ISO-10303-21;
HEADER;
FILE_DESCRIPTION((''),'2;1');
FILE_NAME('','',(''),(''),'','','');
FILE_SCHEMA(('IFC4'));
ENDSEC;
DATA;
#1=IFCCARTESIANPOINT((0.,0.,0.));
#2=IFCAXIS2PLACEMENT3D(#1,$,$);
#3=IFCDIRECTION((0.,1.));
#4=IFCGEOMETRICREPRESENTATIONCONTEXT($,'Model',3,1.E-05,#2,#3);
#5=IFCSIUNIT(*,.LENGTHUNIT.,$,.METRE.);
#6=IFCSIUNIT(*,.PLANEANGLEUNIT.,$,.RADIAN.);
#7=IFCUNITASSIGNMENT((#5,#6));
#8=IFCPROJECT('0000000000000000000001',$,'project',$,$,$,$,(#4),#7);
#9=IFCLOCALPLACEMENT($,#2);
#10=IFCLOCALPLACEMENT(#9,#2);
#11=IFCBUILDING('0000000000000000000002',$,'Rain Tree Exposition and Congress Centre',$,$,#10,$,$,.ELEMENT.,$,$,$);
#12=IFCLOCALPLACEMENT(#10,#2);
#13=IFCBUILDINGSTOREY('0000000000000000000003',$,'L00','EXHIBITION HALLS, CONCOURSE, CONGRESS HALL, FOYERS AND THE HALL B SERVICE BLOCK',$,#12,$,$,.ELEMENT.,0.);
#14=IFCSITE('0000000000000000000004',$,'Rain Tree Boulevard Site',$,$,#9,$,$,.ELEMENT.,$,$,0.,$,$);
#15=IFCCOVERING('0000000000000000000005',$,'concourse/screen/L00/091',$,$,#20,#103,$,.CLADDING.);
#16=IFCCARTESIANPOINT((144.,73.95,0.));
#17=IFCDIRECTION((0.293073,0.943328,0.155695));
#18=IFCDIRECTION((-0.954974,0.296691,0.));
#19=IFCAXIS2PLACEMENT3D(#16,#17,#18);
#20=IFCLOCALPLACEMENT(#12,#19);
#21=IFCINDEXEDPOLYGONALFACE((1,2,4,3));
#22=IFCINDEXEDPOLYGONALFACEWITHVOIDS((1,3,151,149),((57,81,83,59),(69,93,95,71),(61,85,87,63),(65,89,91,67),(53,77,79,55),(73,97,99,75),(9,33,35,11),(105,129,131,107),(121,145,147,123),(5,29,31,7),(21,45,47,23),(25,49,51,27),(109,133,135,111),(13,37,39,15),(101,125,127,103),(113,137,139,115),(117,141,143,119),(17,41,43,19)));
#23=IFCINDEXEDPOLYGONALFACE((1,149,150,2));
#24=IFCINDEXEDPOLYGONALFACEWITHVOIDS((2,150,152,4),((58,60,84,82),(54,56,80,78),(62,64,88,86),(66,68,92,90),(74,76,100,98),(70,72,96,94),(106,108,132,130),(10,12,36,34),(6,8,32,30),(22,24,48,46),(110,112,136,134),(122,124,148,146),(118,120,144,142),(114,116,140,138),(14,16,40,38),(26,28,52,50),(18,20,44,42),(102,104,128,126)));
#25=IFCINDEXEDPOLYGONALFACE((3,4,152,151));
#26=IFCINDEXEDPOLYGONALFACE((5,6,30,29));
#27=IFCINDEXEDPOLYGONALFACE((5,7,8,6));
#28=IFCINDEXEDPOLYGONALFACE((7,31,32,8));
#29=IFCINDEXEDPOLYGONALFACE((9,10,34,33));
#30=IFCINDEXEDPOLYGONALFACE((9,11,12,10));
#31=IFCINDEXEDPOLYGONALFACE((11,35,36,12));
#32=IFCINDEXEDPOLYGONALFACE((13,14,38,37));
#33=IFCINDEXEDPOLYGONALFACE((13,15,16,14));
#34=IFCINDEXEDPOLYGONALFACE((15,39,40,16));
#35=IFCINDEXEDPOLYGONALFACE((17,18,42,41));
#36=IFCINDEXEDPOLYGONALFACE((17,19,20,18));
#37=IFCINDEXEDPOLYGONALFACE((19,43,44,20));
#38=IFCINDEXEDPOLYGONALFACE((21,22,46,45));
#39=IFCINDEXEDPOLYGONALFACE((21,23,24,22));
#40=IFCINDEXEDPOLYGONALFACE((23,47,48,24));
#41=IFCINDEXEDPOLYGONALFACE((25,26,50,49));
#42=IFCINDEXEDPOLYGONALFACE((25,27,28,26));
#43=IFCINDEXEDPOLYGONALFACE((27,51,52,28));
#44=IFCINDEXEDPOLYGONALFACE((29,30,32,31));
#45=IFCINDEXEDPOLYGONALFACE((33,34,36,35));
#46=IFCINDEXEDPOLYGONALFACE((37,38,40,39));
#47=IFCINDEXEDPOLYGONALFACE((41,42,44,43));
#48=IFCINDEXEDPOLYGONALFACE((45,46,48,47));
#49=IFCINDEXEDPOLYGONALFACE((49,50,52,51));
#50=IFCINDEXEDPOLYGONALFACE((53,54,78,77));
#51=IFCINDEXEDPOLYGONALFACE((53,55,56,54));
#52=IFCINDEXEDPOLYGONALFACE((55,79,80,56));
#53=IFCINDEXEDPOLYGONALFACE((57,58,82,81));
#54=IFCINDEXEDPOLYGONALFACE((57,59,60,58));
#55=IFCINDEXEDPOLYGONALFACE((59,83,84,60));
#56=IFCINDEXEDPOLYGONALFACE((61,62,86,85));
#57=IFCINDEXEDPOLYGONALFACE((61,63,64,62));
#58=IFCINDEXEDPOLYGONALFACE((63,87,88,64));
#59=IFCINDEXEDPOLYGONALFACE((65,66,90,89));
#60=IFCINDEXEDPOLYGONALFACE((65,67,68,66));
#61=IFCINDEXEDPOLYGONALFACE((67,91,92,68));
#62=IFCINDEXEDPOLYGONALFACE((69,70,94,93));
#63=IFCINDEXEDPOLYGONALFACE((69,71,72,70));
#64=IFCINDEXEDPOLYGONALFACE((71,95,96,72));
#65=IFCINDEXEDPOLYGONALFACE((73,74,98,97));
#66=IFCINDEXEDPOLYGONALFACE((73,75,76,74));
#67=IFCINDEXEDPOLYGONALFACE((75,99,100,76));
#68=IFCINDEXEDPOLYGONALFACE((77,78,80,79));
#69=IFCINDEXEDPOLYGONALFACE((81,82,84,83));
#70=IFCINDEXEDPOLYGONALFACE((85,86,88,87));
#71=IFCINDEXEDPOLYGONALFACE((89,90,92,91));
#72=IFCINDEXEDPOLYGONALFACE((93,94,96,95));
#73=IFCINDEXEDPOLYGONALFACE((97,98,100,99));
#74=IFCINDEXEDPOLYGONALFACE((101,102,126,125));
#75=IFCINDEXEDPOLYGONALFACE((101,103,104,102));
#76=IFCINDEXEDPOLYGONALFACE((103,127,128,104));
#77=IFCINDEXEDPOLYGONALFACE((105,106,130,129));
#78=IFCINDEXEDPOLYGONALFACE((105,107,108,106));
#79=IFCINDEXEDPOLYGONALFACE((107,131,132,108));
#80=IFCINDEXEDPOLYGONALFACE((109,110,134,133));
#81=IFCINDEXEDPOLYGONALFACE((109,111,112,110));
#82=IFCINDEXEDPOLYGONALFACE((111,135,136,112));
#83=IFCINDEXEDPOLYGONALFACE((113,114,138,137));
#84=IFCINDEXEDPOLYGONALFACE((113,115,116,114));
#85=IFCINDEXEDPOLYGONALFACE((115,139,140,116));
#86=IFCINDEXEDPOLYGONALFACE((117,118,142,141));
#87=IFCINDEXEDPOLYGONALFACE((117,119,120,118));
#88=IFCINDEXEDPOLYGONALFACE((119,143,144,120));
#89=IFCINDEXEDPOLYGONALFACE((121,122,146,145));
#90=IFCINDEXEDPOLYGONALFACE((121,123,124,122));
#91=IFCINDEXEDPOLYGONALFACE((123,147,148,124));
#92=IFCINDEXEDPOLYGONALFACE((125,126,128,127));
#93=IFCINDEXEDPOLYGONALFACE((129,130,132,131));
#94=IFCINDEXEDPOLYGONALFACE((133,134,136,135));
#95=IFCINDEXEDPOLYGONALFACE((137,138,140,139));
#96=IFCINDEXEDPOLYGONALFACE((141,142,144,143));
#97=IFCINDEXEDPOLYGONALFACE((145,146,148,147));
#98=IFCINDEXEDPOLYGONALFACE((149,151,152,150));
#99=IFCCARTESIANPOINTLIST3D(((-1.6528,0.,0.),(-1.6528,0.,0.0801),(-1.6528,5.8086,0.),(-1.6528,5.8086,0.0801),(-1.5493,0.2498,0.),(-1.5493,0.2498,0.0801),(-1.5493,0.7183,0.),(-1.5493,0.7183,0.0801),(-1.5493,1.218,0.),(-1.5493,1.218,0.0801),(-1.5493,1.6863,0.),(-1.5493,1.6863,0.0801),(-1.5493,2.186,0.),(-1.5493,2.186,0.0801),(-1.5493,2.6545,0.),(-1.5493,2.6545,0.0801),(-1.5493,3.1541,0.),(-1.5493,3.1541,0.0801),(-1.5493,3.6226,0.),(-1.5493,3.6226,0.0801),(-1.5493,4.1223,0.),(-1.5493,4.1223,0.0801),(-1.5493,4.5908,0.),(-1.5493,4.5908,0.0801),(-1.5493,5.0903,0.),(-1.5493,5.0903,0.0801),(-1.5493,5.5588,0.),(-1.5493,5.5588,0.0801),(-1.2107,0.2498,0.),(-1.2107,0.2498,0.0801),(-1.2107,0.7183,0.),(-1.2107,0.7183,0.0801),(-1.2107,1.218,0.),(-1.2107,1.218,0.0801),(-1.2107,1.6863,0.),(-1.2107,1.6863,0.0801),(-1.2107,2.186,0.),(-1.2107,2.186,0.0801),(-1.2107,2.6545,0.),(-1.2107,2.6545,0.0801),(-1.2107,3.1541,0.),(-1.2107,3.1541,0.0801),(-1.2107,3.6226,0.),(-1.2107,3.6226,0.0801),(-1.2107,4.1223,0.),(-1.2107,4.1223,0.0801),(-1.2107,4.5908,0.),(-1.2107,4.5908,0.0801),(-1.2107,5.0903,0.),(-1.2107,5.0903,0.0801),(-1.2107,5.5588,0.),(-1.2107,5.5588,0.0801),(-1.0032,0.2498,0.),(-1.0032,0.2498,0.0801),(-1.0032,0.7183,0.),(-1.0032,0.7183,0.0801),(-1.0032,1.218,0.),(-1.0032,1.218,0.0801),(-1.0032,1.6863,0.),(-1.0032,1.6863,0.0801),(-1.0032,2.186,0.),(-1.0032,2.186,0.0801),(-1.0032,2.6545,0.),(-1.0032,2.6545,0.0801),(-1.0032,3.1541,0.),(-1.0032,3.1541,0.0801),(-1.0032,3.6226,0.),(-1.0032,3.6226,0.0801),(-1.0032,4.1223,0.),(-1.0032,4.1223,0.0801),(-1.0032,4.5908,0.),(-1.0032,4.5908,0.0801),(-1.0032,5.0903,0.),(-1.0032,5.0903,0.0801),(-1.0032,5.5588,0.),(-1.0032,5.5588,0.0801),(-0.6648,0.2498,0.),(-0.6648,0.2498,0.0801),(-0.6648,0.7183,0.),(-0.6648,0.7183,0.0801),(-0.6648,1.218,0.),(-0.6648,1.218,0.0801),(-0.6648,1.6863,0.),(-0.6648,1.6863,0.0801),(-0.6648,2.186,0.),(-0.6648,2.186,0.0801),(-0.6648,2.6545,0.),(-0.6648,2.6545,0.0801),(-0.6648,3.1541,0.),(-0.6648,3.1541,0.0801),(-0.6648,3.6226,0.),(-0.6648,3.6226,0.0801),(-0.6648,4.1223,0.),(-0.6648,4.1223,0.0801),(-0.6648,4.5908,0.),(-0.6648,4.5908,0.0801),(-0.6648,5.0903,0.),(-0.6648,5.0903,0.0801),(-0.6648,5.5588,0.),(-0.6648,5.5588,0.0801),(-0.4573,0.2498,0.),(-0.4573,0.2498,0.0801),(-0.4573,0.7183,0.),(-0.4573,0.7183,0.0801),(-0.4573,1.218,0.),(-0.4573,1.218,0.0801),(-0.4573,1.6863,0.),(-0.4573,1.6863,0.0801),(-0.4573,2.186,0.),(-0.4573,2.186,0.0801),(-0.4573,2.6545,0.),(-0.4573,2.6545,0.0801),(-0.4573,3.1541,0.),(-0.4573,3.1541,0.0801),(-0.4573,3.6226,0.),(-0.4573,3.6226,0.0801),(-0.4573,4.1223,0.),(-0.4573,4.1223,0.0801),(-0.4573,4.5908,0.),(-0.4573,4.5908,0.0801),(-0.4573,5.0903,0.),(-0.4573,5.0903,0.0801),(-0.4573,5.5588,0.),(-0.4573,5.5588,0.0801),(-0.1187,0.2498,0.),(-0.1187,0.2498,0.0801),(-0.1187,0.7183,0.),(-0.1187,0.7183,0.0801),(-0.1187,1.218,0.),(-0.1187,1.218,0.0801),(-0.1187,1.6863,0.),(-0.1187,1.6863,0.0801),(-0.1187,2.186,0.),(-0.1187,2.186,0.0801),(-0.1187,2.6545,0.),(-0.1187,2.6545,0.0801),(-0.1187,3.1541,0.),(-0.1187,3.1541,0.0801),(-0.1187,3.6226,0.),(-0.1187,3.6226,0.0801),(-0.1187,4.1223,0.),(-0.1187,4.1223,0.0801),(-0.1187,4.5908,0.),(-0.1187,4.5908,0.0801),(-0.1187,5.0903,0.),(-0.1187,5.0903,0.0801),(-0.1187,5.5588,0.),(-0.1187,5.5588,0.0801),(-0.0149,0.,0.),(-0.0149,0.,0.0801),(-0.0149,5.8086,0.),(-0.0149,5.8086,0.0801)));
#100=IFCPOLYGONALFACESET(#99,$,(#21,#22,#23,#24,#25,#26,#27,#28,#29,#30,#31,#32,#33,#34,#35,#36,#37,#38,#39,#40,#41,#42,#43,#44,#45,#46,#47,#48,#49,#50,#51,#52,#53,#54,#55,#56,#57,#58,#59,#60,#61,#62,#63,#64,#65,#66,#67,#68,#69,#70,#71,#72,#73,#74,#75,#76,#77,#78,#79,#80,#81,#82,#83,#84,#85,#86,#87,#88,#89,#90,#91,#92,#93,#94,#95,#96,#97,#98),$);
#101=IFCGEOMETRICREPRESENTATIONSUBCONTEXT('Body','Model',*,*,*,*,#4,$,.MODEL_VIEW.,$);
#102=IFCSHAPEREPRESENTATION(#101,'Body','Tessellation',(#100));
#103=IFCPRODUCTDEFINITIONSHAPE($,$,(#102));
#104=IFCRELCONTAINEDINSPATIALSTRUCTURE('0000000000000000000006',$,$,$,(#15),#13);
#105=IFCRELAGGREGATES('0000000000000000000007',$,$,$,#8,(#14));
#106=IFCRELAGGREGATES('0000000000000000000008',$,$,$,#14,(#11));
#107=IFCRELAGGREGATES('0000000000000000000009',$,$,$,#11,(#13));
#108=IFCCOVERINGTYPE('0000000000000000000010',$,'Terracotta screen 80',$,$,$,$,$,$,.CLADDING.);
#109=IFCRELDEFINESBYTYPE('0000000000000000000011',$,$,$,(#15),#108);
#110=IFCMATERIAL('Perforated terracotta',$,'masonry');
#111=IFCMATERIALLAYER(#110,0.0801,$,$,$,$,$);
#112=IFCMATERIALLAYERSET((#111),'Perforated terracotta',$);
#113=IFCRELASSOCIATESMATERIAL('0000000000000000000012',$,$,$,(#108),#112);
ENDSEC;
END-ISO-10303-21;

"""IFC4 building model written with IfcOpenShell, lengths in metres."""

from ifc_helpers import new_model, si_unit, direction, frame, origin, place, context, subcontext, project, spatial, polyline, outline, extrude, material, layer, layer_set, type_object, element, save


model = new_model("IFC4")

# Units and contexts
model_context = context("Model", 3, precision=1e-05, world=origin(), true_north=direction((0.0, 1.0)))
body_context = subcontext(model_context, "Body", "Model", "MODEL_VIEW")
ifc_project = project(units=[si_unit("LENGTHUNIT", "METRE"), si_unit("PLANEANGLEUNIT", "RADIAN")], contexts=[model_context])

# Site, building, storey
site_placement = place(None, origin())
site = spatial("IfcSite", under=ifc_project, at=site_placement, Name="Rain Tree Boulevard Site", CompositionType="ELEMENT", RefElevation=0.0)
building_placement = place(site_placement, origin())
building = spatial("IfcBuilding", under=site, at=building_placement, Name="Rain Tree Exposition and Congress Centre", CompositionType="ELEMENT")
storey_placement = place(building_placement, origin())
storey = spatial("IfcBuildingStorey", under=building, at=storey_placement, Name="L00", Description="EXHIBITION HALLS, CONCOURSE, CONGRESS HALL, FOYERS AND THE HALL B SERVICE BLOCK", CompositionType="ELEMENT", Elevation=0.0)

# Covering
ifc_material_1 = material(Name="Perforated terracotta", Category="masonry")
ifc_layer_1 = layer(ifc_material_1, 0.0801)
ifc_layer_set_1 = layer_set([ifc_layer_1], Name="Perforated terracotta")
covering_type = type_object("IfcCoveringType", Name="Terracotta screen 80", PredefinedType="CLADDING", material=ifc_layer_set_1)
covering_1_placement = place(storey_placement, frame((144.0, 73.95, 0.0), z_axis=(0.293073, 0.943328, 0.155695), x_axis=(-0.954974, 0.296691, 0.0)))
element("IfcCovering", 1, at=covering_1_placement, inside=storey, type_object=covering_type, Name="concourse/screen/L00/091", PredefinedType="CLADDING", context=body_context, shape_type="SweptSolid", body=[
    extrude(outline(polyline([(-0.0149, 0.0), (-1.6528, 0.0), (-1.6528, 5.8086), (-0.0149, 5.8086), (-0.0149, 0.0)]), holes=[polyline([(-0.1187, 0.2498), (-0.1187, 0.7183), (-0.4573, 0.7183), (-0.4573, 0.2498), (-0.1187, 0.2498)]), polyline([(-0.1187, 1.218), (-0.1187, 1.6863), (-0.4573, 1.6863), (-0.4573, 1.218), (-0.1187, 1.218)]), polyline([(-0.1187, 2.186), (-0.1187, 2.6545), (-0.4573, 2.6545), (-0.4573, 2.186), (-0.1187, 2.186)]), polyline([(-0.1187, 3.1541), (-0.1187, 3.6226), (-0.4573, 3.6226), (-0.4573, 3.1541), (-0.1187, 3.1541)]), polyline([(-0.1187, 4.1223), (-0.1187, 4.5908), (-0.4573, 4.5908), (-0.4573, 4.1223), (-0.1187, 4.1223)]), polyline([(-0.1187, 5.0903), (-0.1187, 5.5588), (-0.4573, 5.5588), (-0.4573, 5.0903), (-0.1187, 5.0903)]), polyline([(-0.6648, 0.2498), (-0.6648, 0.7183), (-1.0032, 0.7183), (-1.0032, 0.2498), (-0.6648, 0.2498)]), polyline([(-0.6648, 1.218), (-0.6648, 1.6863), (-1.0032, 1.6863), (-1.0032, 1.218), (-0.6648, 1.218)]), polyline([(-0.6648, 2.186), (-0.6648, 2.6545), (-1.0032, 2.6545), (-1.0032, 2.186), (-0.6648, 2.186)]), polyline([(-0.6648, 3.1541), (-0.6648, 3.6226), (-1.0032, 3.6226), (-1.0032, 3.1541), (-0.6648, 3.1541)]), polyline([(-0.6648, 4.1223), (-0.6648, 4.5908), (-1.0032, 4.5908), (-1.0032, 4.1223), (-0.6648, 4.1223)]), polyline([(-0.6648, 5.0903), (-0.6648, 5.5588), (-1.0032, 5.5588), (-1.0032, 5.0903), (-0.6648, 5.0903)]), polyline([(-1.2107, 0.2498), (-1.2107, 0.7183), (-1.5493, 0.7183), (-1.5493, 0.2498), (-1.2107, 0.2498)]), polyline([(-1.2107, 1.218), (-1.2107, 1.6863), (-1.5493, 1.6863), (-1.5493, 1.218), (-1.2107, 1.218)]), polyline([(-1.2107, 2.186), (-1.2107, 2.6545), (-1.5493, 2.6545), (-1.5493, 2.186), (-1.2107, 2.186)]), polyline([(-1.2107, 3.1541), (-1.2107, 3.6226), (-1.5493, 3.6226), (-1.5493, 3.1541), (-1.2107, 3.1541)]), polyline([(-1.2107, 4.1223), (-1.2107, 4.5908), (-1.5493, 4.5908), (-1.5493, 4.1223), (-1.2107, 4.1223)]), polyline([(-1.2107, 5.0903), (-1.2107, 5.5588), (-1.5493, 5.5588), (-1.5493, 5.0903), (-1.2107, 5.0903)])]), origin(), (0.0, 0.0, 1.0), 0.0801),
])

save(model, "model.ifc")
